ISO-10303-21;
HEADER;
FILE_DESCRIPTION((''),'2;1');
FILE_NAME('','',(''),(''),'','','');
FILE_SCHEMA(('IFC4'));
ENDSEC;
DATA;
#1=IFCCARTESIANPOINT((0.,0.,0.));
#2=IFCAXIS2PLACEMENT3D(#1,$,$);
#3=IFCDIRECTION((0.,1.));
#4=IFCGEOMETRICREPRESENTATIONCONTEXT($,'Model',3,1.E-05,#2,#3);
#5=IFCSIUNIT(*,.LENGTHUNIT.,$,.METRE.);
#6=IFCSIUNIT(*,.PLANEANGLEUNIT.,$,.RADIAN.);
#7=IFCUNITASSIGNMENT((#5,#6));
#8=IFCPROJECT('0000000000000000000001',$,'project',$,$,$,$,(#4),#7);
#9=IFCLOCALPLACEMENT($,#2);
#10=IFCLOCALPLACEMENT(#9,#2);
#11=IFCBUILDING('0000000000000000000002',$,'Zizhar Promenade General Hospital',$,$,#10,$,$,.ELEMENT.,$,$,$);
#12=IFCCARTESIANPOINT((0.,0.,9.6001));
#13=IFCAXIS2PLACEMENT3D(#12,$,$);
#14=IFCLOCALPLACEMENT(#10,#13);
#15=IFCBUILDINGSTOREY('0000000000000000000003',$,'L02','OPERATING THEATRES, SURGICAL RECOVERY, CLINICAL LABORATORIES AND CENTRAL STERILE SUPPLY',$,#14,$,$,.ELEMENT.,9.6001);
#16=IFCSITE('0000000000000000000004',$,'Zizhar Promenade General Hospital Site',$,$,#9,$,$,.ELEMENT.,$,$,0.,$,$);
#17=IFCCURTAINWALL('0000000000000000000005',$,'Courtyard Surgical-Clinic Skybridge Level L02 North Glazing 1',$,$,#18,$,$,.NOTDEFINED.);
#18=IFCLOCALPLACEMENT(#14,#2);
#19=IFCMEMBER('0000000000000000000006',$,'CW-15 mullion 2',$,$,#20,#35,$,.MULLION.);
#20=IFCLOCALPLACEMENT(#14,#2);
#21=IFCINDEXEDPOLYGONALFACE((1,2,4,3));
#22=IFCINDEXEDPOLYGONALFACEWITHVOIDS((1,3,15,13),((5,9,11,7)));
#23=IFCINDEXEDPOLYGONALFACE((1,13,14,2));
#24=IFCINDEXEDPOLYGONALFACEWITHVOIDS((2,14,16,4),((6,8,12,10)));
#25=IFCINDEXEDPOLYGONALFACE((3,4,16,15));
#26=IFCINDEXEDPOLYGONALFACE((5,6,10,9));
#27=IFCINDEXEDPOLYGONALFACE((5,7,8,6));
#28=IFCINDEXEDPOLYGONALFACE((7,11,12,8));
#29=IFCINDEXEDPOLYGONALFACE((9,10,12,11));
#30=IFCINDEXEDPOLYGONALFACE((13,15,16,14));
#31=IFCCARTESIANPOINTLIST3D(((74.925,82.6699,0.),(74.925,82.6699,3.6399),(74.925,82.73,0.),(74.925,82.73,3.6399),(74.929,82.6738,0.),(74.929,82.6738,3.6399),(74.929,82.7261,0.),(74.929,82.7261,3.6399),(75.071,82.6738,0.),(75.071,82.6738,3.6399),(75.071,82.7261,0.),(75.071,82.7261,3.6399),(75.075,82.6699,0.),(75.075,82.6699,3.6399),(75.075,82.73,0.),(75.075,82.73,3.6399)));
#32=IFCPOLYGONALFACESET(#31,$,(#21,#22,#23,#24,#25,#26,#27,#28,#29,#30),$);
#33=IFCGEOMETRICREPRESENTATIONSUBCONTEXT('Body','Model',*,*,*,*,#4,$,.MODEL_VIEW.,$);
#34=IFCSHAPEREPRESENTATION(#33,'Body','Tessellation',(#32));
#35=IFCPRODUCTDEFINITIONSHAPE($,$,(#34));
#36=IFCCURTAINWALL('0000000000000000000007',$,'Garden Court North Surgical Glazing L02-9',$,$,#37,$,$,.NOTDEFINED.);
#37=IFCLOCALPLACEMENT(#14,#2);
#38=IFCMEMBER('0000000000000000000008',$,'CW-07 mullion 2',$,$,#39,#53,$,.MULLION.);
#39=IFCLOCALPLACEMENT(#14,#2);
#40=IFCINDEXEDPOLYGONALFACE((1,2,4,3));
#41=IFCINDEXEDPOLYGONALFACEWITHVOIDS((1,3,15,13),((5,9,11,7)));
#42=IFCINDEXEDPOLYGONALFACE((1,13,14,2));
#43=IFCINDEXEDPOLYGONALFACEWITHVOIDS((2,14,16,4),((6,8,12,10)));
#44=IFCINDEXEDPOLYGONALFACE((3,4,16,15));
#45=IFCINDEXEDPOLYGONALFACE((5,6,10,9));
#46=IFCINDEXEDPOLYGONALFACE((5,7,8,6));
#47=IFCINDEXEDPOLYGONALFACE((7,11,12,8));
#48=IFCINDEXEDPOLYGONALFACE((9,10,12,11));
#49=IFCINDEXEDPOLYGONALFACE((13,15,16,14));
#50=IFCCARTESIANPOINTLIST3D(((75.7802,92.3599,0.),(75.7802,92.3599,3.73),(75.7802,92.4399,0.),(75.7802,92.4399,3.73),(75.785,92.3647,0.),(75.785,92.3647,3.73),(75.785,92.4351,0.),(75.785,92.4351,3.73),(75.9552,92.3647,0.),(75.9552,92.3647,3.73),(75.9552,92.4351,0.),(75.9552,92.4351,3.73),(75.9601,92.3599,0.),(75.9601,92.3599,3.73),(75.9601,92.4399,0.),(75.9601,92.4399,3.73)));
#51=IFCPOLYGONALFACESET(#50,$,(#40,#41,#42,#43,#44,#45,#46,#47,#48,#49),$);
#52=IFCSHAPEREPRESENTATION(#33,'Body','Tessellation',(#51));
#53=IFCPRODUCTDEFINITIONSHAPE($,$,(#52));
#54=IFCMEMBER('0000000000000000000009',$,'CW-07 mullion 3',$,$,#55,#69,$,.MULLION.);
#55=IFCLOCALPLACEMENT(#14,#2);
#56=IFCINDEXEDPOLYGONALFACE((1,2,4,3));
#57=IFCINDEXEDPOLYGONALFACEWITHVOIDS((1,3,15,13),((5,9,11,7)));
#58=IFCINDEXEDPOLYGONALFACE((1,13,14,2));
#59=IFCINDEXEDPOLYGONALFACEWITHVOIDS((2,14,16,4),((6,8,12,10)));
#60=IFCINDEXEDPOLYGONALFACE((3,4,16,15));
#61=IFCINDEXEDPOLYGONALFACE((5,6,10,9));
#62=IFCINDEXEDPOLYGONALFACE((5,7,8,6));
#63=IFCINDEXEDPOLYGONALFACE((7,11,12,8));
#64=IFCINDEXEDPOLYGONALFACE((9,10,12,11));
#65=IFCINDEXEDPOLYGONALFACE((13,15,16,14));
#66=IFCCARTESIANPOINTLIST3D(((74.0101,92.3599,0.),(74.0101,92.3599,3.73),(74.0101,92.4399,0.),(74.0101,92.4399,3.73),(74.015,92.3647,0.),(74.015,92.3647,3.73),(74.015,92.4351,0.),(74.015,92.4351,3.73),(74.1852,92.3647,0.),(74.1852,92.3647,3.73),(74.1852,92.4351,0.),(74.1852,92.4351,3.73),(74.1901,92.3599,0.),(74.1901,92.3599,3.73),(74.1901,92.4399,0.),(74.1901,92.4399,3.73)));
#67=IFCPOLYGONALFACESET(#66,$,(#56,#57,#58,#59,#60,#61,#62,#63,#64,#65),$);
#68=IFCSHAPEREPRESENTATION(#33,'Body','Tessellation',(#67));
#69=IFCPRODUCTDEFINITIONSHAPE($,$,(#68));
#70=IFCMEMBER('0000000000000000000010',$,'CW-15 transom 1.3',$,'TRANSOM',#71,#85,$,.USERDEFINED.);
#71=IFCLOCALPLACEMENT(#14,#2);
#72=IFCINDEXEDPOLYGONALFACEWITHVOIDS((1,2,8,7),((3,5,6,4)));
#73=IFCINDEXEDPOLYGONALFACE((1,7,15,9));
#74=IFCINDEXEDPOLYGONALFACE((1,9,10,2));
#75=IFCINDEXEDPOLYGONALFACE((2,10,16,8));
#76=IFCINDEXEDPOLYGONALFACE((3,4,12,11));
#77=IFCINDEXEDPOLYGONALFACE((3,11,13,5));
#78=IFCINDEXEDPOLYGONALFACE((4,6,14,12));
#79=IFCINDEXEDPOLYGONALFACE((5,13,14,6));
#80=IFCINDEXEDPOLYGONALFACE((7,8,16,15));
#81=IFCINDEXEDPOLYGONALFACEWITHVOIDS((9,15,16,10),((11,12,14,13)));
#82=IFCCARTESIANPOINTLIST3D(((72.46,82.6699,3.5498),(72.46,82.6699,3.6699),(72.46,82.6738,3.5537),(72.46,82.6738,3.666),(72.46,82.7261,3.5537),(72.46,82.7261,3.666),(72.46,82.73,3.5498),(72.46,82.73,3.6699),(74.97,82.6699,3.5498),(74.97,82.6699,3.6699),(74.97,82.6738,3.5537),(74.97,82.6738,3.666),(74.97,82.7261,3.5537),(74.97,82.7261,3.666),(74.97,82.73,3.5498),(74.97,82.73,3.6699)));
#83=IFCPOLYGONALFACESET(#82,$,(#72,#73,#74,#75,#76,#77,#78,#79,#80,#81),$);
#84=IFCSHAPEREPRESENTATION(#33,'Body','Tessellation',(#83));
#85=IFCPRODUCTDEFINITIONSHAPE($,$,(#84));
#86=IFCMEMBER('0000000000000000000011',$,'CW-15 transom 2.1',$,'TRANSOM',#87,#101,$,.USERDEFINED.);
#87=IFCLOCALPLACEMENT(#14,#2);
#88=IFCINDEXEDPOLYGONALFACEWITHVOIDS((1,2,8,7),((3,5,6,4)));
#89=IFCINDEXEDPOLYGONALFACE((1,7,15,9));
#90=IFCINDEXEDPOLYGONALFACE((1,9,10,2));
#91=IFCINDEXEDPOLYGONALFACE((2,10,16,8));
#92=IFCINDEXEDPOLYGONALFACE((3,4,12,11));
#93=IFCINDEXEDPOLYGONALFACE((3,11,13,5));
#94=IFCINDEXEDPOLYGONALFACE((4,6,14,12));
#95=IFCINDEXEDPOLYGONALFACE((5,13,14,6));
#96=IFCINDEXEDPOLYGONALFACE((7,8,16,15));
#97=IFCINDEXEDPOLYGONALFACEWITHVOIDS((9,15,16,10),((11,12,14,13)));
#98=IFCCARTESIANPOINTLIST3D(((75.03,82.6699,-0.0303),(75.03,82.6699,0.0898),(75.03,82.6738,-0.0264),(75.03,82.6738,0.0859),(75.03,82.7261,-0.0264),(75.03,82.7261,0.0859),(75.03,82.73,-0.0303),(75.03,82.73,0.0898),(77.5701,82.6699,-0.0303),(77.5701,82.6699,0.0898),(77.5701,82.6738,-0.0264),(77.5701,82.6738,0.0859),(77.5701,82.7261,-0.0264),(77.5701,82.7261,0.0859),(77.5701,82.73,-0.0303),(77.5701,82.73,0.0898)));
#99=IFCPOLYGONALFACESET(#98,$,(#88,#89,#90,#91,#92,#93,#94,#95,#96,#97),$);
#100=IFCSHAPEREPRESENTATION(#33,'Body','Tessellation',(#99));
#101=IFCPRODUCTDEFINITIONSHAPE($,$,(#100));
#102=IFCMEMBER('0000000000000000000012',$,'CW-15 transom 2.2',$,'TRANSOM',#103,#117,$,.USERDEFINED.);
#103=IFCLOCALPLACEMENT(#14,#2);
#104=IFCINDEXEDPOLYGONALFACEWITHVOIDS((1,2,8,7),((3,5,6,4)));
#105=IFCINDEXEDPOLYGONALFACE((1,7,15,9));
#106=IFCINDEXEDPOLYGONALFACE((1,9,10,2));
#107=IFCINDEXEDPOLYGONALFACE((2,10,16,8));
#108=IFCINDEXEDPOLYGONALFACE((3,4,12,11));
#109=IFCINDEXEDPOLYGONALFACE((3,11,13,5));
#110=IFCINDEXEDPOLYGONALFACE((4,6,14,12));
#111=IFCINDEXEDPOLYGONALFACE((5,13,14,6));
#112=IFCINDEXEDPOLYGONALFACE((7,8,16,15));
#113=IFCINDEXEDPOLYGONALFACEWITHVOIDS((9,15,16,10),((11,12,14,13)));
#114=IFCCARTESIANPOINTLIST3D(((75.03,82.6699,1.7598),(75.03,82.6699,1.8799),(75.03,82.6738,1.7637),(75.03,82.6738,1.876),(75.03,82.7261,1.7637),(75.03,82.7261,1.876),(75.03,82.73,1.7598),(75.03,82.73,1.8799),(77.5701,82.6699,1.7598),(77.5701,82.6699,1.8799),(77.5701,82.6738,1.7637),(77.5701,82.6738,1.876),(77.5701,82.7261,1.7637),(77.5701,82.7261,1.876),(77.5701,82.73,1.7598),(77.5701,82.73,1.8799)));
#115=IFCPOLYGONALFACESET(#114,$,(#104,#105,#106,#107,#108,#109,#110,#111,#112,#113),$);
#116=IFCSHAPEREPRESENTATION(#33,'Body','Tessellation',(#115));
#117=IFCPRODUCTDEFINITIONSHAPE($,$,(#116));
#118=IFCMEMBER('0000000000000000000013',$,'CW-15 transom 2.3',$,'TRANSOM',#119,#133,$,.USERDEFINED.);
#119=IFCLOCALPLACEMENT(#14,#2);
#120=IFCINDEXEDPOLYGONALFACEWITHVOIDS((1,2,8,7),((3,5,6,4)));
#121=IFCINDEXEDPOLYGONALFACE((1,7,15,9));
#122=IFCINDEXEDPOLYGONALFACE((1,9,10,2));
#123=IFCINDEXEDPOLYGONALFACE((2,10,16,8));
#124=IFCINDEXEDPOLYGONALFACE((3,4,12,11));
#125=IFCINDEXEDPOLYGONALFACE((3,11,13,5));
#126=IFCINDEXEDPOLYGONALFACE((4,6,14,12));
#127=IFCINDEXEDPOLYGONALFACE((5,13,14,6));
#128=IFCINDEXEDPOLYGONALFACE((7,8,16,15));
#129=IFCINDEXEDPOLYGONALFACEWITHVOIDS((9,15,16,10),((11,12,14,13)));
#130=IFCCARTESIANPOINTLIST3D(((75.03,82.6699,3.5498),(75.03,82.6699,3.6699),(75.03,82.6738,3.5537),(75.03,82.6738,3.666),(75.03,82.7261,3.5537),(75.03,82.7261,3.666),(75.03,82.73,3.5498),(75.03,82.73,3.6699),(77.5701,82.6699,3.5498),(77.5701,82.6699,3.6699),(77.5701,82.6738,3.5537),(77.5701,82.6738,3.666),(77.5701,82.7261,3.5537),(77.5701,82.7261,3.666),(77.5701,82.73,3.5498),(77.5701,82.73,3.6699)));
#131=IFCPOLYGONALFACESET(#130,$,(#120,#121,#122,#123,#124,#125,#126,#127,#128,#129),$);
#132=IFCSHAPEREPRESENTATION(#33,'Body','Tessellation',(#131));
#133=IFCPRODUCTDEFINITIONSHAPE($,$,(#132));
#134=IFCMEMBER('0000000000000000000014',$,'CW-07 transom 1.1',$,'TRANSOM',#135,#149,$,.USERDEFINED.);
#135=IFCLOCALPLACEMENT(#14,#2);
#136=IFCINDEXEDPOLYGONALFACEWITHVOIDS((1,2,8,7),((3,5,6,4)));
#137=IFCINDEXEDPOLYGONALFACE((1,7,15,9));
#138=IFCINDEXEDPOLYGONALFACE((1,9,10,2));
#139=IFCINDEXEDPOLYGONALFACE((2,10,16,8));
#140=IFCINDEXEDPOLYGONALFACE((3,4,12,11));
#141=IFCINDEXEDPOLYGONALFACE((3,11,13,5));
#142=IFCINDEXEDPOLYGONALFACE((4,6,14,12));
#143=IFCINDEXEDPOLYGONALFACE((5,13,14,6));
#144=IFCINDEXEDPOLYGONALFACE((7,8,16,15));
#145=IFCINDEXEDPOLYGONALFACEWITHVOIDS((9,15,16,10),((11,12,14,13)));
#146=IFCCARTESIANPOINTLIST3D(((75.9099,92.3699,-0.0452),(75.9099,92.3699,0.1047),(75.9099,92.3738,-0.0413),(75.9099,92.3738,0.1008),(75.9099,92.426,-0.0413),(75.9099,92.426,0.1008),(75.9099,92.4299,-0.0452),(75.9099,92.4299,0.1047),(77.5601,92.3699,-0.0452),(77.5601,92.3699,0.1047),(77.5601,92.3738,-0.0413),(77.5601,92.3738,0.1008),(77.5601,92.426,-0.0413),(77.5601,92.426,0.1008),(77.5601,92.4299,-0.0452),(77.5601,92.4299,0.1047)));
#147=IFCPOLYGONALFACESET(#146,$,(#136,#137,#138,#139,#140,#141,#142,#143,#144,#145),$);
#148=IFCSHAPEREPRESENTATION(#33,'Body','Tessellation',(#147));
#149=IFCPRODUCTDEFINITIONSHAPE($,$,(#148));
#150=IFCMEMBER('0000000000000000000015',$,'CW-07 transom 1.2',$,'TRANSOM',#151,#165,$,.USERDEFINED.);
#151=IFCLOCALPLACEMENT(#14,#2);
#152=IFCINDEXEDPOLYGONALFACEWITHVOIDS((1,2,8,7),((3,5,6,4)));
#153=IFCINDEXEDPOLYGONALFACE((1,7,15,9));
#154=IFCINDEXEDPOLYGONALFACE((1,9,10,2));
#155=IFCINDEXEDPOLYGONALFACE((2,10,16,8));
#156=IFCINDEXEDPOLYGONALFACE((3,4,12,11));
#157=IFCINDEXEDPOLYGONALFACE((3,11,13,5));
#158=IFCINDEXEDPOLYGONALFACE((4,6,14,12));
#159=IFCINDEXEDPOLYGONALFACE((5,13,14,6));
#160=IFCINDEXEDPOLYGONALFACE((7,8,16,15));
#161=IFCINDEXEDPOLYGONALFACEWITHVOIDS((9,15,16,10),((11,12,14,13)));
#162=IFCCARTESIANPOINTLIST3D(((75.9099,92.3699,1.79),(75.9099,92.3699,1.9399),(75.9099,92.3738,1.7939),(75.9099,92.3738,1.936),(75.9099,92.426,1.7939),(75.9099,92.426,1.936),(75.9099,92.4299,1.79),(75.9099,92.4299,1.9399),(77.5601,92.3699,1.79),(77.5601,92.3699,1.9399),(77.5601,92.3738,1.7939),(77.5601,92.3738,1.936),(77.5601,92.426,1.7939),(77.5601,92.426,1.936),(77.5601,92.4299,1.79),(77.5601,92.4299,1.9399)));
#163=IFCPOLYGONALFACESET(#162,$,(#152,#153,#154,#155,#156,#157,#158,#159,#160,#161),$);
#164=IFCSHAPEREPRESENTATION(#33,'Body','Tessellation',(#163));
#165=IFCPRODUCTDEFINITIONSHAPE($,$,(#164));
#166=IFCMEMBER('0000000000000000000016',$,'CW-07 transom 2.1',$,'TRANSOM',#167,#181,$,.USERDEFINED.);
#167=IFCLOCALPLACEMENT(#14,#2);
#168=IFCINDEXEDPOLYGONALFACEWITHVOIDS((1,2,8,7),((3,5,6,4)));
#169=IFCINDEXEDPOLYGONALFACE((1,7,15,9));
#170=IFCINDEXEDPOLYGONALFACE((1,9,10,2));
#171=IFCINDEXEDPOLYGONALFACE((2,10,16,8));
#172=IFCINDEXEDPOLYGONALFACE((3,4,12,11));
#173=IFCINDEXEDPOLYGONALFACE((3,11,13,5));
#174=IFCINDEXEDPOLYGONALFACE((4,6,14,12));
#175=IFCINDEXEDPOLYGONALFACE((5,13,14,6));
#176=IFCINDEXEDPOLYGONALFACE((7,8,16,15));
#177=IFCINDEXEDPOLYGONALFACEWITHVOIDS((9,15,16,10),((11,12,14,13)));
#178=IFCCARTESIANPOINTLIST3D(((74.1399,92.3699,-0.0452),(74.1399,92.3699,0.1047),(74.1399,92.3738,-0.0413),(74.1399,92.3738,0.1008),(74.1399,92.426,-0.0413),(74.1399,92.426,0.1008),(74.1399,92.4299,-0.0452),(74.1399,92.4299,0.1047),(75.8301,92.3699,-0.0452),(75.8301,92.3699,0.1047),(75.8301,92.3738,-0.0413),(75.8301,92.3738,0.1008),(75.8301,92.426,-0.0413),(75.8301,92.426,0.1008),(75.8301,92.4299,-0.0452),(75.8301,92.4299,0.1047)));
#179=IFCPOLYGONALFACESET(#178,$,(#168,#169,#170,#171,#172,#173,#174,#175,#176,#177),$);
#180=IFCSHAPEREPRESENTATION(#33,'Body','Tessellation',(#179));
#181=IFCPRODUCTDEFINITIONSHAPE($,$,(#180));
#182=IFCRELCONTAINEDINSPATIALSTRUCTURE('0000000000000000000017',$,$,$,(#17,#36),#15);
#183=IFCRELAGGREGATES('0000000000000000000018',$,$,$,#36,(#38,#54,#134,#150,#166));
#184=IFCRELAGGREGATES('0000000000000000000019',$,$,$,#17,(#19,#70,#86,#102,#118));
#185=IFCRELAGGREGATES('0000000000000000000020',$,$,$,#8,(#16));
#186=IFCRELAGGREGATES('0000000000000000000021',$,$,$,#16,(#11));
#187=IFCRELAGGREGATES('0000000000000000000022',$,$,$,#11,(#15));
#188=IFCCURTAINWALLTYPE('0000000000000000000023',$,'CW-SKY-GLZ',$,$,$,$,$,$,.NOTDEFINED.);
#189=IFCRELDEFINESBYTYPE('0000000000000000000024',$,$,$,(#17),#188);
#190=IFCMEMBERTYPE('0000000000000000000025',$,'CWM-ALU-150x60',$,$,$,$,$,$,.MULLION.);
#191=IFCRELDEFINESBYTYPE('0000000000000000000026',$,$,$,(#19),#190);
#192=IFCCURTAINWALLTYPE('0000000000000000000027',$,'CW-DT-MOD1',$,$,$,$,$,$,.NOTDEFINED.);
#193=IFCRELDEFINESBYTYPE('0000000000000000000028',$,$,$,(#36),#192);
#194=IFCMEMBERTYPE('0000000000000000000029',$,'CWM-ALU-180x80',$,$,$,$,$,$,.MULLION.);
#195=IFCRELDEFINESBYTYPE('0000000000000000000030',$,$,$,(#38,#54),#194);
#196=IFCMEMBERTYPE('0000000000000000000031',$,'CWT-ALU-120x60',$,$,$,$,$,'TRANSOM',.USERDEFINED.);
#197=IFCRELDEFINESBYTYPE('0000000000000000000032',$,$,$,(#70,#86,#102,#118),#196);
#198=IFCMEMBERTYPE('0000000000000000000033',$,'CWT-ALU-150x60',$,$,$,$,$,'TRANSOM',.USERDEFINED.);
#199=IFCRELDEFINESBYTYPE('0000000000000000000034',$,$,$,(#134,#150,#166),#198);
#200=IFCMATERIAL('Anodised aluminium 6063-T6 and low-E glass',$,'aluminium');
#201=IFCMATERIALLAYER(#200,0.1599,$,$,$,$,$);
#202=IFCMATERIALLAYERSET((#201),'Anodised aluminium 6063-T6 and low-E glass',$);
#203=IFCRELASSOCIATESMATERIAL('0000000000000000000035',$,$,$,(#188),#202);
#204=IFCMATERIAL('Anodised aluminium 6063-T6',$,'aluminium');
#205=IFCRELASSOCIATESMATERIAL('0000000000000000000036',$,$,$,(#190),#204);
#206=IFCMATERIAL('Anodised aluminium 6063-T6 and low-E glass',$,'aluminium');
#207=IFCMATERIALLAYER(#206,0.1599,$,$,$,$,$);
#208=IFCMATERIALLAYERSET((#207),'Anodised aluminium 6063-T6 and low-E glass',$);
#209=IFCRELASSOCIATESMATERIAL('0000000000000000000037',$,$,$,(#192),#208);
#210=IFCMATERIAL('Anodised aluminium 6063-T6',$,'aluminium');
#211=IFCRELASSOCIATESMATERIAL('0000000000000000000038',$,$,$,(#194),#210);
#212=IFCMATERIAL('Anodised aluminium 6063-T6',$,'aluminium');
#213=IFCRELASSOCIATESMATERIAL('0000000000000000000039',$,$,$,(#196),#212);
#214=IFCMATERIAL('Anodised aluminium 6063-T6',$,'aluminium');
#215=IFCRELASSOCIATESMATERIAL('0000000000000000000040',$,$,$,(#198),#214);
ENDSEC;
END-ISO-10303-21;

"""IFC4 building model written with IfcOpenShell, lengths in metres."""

from ifc_helpers import new_model, si_unit, direction, frame, origin, origin_2d, place, context, subcontext, project, spatial, hollow_rectangle, extrude, material, layer, layer_set, material_profile, profile_set, type_object, element, aggregate, save


model = new_model("IFC4")

# Units and contexts
model_context = context("Model", 3, precision=1e-05, world=origin(), true_north=direction((0.0, 1.0)))
body_context = subcontext(model_context, "Body", "Model", "MODEL_VIEW")
ifc_project = project(units=[si_unit("LENGTHUNIT", "METRE"), si_unit("PLANEANGLEUNIT", "RADIAN")], contexts=[model_context])

# Site, building, storey
site_placement = place(None, origin())
site = spatial("IfcSite", under=ifc_project, at=site_placement, Name="Zizhar Promenade General Hospital Site", CompositionType="ELEMENT", RefElevation=0.0)
building_placement = place(site_placement, origin())
building = spatial("IfcBuilding", under=site, at=building_placement, Name="Zizhar Promenade General Hospital", CompositionType="ELEMENT")
storey_placement = place(building_placement, frame((0.0, 0.0, 9.6001)))
storey = spatial("IfcBuildingStorey", under=building, at=storey_placement, Name="L02", Description="OPERATING THEATRES, SURGICAL RECOVERY, CLINICAL LABORATORIES AND CENTRAL STERILE SUPPLY", CompositionType="ELEMENT", Elevation=9.6001)

# Curtain wall, member
ifc_material_1 = material(Name="Anodised aluminium 6063-T6 and low-E glass", Category="aluminium")
ifc_layer_1 = layer(ifc_material_1, 0.1599)
ifc_layer_set_1 = layer_set([ifc_layer_1], Name="Anodised aluminium 6063-T6 and low-E glass")
curtain_wall_type_1 = type_object("IfcCurtainWallType", Name="CW-SKY-GLZ", PredefinedType="NOTDEFINED", material=ifc_layer_set_1)
curtain_wall_1_placement = place(storey_placement, origin())
curtain_wall_1 = element("IfcCurtainWall", 1, at=curtain_wall_1_placement, inside=storey, type_object=curtain_wall_type_1, Name="Courtyard Surgical-Clinic Skybridge Level L02 North Glazing 1", PredefinedType="NOTDEFINED")
ifc_material_2 = material(Name="Anodised aluminium 6063-T6", Category="aluminium")
ifc_material_profile_1 = material_profile(ifc_material_2, hollow_rectangle(XDim=0.0601, YDim=0.1499, WallThickness=0.0039, at=origin_2d()))
ifc_profile_set_1 = profile_set([ifc_material_profile_1], Name="Anodised aluminium 6063-T6")
member_type_1 = type_object("IfcMemberType", Name="CWM-ALU-150x60", PredefinedType="MULLION", material=ifc_profile_set_1)
member_1_placement = place(storey_placement, frame((75.0, 82.7, 0.0), z_axis=(0.0, 0.0, 1.0), x_axis=(0.0, 1.0, 0.0)))
member_1 = element("IfcMember", 2, at=member_1_placement, type_object=member_type_1, Name="CW-15 mullion 2", PredefinedType="MULLION", context=body_context, shape_type="SweptSolid", body=[
    extrude(hollow_rectangle(XDim=0.0601, YDim=0.1499, WallThickness=0.0039, at=origin_2d()), origin(), (0.0, 0.0, 1.0), 3.6399),
])

# Curtain wall, members
ifc_material_3 = material(Name="Anodised aluminium 6063-T6 and low-E glass", Category="aluminium")
ifc_layer_2 = layer(ifc_material_3, 0.1599)
ifc_layer_set_2 = layer_set([ifc_layer_2], Name="Anodised aluminium 6063-T6 and low-E glass")
curtain_wall_type_2 = type_object("IfcCurtainWallType", Name="CW-DT-MOD1", PredefinedType="NOTDEFINED", material=ifc_layer_set_2)
curtain_wall_2_placement = place(storey_placement, origin())
curtain_wall_2 = element("IfcCurtainWall", 3, at=curtain_wall_2_placement, inside=storey, type_object=curtain_wall_type_2, Name="Garden Court North Surgical Glazing L02-9", PredefinedType="NOTDEFINED")
ifc_material_4 = material(Name="Anodised aluminium 6063-T6", Category="aluminium")
ifc_material_profile_2 = material_profile(ifc_material_4, hollow_rectangle(XDim=0.0801, YDim=0.1799, WallThickness=0.0049, at=origin_2d()))
ifc_profile_set_2 = profile_set([ifc_material_profile_2], Name="Anodised aluminium 6063-T6")
member_type_2 = type_object("IfcMemberType", Name="CWM-ALU-180x80", PredefinedType="MULLION", material=ifc_profile_set_2)
member_2_placement = place(storey_placement, frame((75.8701, 92.3999, 0.0), z_axis=(0.0, 0.0, 1.0), x_axis=(0.0, -1.0, 0.0)))
member_2 = element("IfcMember", 4, at=member_2_placement, type_object=member_type_2, Name="CW-07 mullion 2", PredefinedType="MULLION", context=body_context, shape_type="SweptSolid", body=[
    extrude(hollow_rectangle(XDim=0.0801, YDim=0.1799, WallThickness=0.0049, at=origin_2d()), origin(), (0.0, 0.0, 1.0), 3.73),
])
member_3_placement = place(storey_placement, frame((74.1001, 92.3999, 0.0), z_axis=(0.0, 0.0, 1.0), x_axis=(0.0, -1.0, 0.0)))
member_3 = element("IfcMember", 5, at=member_3_placement, type_object=member_type_2, Name="CW-07 mullion 3", PredefinedType="MULLION", context=body_context, shape_type="SweptSolid", body=[
    extrude(hollow_rectangle(XDim=0.0801, YDim=0.1799, WallThickness=0.0049, at=origin_2d()), origin(), (0.0, 0.0, 1.0), 3.73),
])

# Members
ifc_material_5 = material(Name="Anodised aluminium 6063-T6", Category="aluminium")
ifc_material_profile_3 = material_profile(ifc_material_5, hollow_rectangle(XDim=0.0601, YDim=0.1201, WallThickness=0.0039, at=origin_2d()))
ifc_profile_set_3 = profile_set([ifc_material_profile_3], Name="Anodised aluminium 6063-T6")
member_type_3 = type_object("IfcMemberType", Name="CWT-ALU-120x60", ElementType="TRANSOM", PredefinedType="USERDEFINED", material=ifc_profile_set_3)
member_4_placement = place(storey_placement, frame((72.46, 82.7, 3.6099), z_axis=(1.0, 0.0, 0.0), x_axis=(0.0, 1.0, 0.0)))
member_4 = element("IfcMember", 6, at=member_4_placement, type_object=member_type_3, Name="CW-15 transom 1.3", ObjectType="TRANSOM", PredefinedType="USERDEFINED", context=body_context, shape_type="SweptSolid", body=[
    extrude(hollow_rectangle(XDim=0.0601, YDim=0.1201, WallThickness=0.0039, at=origin_2d()), origin(), (0.0, 0.0, 1.0), 2.51),
])
member_5_placement = place(storey_placement, frame((75.03, 82.7, 0.0298), z_axis=(1.0, 0.0, 0.0), x_axis=(0.0, 1.0, 0.0)))
member_5 = element("IfcMember", 7, at=member_5_placement, type_object=member_type_3, Name="CW-15 transom 2.1", ObjectType="TRANSOM", PredefinedType="USERDEFINED", context=body_context, shape_type="SweptSolid", body=[
    extrude(hollow_rectangle(XDim=0.0601, YDim=0.1201, WallThickness=0.0039, at=origin_2d()), origin(), (0.0, 0.0, 1.0), 2.54),
])
member_6_placement = place(storey_placement, frame((75.03, 82.7, 1.8198), z_axis=(1.0, 0.0, 0.0), x_axis=(0.0, 1.0, 0.0)))
member_6 = element("IfcMember", 8, at=member_6_placement, type_object=member_type_3, Name="CW-15 transom 2.2", ObjectType="TRANSOM", PredefinedType="USERDEFINED", context=body_context, shape_type="SweptSolid", body=[
    extrude(hollow_rectangle(XDim=0.0601, YDim=0.1201, WallThickness=0.0039, at=origin_2d()), origin(), (0.0, 0.0, 1.0), 2.54),
])
member_7_placement = place(storey_placement, frame((75.03, 82.7, 3.6099), z_axis=(1.0, 0.0, 0.0), x_axis=(0.0, 1.0, 0.0)))
member_7 = element("IfcMember", 9, at=member_7_placement, type_object=member_type_3, Name="CW-15 transom 2.3", ObjectType="TRANSOM", PredefinedType="USERDEFINED", context=body_context, shape_type="SweptSolid", body=[
    extrude(hollow_rectangle(XDim=0.0601, YDim=0.1201, WallThickness=0.0039, at=origin_2d()), origin(), (0.0, 0.0, 1.0), 2.54),
])
ifc_material_6 = material(Name="Anodised aluminium 6063-T6", Category="aluminium")
ifc_material_profile_4 = material_profile(ifc_material_6, hollow_rectangle(XDim=0.0601, YDim=0.1499, WallThickness=0.0039, at=origin_2d()))
ifc_profile_set_4 = profile_set([ifc_material_profile_4], Name="Anodised aluminium 6063-T6")
member_type_4 = type_object("IfcMemberType", Name="CWT-ALU-150x60", ElementType="TRANSOM", PredefinedType="USERDEFINED", material=ifc_profile_set_4)
member_8_placement = place(storey_placement, frame((77.5601, 92.3999, 0.0298), z_axis=(-1.0, 0.0, 0.0), x_axis=(0.0, -1.0, 0.0)))
member_8 = element("IfcMember", 10, at=member_8_placement, type_object=member_type_4, Name="CW-07 transom 1.1", ObjectType="TRANSOM", PredefinedType="USERDEFINED", context=body_context, shape_type="SweptSolid", body=[
    extrude(hollow_rectangle(XDim=0.0601, YDim=0.1499, WallThickness=0.0039, at=origin_2d()), origin(), (0.0, 0.0, 1.0), 1.6501),
])
member_9_placement = place(storey_placement, frame((77.5601, 92.3999, 1.865), z_axis=(-1.0, 0.0, 0.0), x_axis=(0.0, -1.0, 0.0)))
member_9 = element("IfcMember", 11, at=member_9_placement, type_object=member_type_4, Name="CW-07 transom 1.2", ObjectType="TRANSOM", PredefinedType="USERDEFINED", context=body_context, shape_type="SweptSolid", body=[
    extrude(hollow_rectangle(XDim=0.0601, YDim=0.1499, WallThickness=0.0039, at=origin_2d()), origin(), (0.0, 0.0, 1.0), 1.6501),
])
member_10_placement = place(storey_placement, frame((75.8301, 92.3999, 0.0298), z_axis=(-1.0, 0.0, 0.0), x_axis=(0.0, -1.0, 0.0)))
member_10 = element("IfcMember", 12, at=member_10_placement, type_object=member_type_4, Name="CW-07 transom 2.1", ObjectType="TRANSOM", PredefinedType="USERDEFINED", context=body_context, shape_type="SweptSolid", body=[
    extrude(hollow_rectangle(XDim=0.0601, YDim=0.1499, WallThickness=0.0039, at=origin_2d()), origin(), (0.0, 0.0, 1.0), 1.6902),
])

aggregate(curtain_wall_2, [member_2, member_3, member_8, member_9, member_10])
aggregate(curtain_wall_1, [member_1, member_4, member_5, member_6, member_7])

save(model, "model.ifc")
